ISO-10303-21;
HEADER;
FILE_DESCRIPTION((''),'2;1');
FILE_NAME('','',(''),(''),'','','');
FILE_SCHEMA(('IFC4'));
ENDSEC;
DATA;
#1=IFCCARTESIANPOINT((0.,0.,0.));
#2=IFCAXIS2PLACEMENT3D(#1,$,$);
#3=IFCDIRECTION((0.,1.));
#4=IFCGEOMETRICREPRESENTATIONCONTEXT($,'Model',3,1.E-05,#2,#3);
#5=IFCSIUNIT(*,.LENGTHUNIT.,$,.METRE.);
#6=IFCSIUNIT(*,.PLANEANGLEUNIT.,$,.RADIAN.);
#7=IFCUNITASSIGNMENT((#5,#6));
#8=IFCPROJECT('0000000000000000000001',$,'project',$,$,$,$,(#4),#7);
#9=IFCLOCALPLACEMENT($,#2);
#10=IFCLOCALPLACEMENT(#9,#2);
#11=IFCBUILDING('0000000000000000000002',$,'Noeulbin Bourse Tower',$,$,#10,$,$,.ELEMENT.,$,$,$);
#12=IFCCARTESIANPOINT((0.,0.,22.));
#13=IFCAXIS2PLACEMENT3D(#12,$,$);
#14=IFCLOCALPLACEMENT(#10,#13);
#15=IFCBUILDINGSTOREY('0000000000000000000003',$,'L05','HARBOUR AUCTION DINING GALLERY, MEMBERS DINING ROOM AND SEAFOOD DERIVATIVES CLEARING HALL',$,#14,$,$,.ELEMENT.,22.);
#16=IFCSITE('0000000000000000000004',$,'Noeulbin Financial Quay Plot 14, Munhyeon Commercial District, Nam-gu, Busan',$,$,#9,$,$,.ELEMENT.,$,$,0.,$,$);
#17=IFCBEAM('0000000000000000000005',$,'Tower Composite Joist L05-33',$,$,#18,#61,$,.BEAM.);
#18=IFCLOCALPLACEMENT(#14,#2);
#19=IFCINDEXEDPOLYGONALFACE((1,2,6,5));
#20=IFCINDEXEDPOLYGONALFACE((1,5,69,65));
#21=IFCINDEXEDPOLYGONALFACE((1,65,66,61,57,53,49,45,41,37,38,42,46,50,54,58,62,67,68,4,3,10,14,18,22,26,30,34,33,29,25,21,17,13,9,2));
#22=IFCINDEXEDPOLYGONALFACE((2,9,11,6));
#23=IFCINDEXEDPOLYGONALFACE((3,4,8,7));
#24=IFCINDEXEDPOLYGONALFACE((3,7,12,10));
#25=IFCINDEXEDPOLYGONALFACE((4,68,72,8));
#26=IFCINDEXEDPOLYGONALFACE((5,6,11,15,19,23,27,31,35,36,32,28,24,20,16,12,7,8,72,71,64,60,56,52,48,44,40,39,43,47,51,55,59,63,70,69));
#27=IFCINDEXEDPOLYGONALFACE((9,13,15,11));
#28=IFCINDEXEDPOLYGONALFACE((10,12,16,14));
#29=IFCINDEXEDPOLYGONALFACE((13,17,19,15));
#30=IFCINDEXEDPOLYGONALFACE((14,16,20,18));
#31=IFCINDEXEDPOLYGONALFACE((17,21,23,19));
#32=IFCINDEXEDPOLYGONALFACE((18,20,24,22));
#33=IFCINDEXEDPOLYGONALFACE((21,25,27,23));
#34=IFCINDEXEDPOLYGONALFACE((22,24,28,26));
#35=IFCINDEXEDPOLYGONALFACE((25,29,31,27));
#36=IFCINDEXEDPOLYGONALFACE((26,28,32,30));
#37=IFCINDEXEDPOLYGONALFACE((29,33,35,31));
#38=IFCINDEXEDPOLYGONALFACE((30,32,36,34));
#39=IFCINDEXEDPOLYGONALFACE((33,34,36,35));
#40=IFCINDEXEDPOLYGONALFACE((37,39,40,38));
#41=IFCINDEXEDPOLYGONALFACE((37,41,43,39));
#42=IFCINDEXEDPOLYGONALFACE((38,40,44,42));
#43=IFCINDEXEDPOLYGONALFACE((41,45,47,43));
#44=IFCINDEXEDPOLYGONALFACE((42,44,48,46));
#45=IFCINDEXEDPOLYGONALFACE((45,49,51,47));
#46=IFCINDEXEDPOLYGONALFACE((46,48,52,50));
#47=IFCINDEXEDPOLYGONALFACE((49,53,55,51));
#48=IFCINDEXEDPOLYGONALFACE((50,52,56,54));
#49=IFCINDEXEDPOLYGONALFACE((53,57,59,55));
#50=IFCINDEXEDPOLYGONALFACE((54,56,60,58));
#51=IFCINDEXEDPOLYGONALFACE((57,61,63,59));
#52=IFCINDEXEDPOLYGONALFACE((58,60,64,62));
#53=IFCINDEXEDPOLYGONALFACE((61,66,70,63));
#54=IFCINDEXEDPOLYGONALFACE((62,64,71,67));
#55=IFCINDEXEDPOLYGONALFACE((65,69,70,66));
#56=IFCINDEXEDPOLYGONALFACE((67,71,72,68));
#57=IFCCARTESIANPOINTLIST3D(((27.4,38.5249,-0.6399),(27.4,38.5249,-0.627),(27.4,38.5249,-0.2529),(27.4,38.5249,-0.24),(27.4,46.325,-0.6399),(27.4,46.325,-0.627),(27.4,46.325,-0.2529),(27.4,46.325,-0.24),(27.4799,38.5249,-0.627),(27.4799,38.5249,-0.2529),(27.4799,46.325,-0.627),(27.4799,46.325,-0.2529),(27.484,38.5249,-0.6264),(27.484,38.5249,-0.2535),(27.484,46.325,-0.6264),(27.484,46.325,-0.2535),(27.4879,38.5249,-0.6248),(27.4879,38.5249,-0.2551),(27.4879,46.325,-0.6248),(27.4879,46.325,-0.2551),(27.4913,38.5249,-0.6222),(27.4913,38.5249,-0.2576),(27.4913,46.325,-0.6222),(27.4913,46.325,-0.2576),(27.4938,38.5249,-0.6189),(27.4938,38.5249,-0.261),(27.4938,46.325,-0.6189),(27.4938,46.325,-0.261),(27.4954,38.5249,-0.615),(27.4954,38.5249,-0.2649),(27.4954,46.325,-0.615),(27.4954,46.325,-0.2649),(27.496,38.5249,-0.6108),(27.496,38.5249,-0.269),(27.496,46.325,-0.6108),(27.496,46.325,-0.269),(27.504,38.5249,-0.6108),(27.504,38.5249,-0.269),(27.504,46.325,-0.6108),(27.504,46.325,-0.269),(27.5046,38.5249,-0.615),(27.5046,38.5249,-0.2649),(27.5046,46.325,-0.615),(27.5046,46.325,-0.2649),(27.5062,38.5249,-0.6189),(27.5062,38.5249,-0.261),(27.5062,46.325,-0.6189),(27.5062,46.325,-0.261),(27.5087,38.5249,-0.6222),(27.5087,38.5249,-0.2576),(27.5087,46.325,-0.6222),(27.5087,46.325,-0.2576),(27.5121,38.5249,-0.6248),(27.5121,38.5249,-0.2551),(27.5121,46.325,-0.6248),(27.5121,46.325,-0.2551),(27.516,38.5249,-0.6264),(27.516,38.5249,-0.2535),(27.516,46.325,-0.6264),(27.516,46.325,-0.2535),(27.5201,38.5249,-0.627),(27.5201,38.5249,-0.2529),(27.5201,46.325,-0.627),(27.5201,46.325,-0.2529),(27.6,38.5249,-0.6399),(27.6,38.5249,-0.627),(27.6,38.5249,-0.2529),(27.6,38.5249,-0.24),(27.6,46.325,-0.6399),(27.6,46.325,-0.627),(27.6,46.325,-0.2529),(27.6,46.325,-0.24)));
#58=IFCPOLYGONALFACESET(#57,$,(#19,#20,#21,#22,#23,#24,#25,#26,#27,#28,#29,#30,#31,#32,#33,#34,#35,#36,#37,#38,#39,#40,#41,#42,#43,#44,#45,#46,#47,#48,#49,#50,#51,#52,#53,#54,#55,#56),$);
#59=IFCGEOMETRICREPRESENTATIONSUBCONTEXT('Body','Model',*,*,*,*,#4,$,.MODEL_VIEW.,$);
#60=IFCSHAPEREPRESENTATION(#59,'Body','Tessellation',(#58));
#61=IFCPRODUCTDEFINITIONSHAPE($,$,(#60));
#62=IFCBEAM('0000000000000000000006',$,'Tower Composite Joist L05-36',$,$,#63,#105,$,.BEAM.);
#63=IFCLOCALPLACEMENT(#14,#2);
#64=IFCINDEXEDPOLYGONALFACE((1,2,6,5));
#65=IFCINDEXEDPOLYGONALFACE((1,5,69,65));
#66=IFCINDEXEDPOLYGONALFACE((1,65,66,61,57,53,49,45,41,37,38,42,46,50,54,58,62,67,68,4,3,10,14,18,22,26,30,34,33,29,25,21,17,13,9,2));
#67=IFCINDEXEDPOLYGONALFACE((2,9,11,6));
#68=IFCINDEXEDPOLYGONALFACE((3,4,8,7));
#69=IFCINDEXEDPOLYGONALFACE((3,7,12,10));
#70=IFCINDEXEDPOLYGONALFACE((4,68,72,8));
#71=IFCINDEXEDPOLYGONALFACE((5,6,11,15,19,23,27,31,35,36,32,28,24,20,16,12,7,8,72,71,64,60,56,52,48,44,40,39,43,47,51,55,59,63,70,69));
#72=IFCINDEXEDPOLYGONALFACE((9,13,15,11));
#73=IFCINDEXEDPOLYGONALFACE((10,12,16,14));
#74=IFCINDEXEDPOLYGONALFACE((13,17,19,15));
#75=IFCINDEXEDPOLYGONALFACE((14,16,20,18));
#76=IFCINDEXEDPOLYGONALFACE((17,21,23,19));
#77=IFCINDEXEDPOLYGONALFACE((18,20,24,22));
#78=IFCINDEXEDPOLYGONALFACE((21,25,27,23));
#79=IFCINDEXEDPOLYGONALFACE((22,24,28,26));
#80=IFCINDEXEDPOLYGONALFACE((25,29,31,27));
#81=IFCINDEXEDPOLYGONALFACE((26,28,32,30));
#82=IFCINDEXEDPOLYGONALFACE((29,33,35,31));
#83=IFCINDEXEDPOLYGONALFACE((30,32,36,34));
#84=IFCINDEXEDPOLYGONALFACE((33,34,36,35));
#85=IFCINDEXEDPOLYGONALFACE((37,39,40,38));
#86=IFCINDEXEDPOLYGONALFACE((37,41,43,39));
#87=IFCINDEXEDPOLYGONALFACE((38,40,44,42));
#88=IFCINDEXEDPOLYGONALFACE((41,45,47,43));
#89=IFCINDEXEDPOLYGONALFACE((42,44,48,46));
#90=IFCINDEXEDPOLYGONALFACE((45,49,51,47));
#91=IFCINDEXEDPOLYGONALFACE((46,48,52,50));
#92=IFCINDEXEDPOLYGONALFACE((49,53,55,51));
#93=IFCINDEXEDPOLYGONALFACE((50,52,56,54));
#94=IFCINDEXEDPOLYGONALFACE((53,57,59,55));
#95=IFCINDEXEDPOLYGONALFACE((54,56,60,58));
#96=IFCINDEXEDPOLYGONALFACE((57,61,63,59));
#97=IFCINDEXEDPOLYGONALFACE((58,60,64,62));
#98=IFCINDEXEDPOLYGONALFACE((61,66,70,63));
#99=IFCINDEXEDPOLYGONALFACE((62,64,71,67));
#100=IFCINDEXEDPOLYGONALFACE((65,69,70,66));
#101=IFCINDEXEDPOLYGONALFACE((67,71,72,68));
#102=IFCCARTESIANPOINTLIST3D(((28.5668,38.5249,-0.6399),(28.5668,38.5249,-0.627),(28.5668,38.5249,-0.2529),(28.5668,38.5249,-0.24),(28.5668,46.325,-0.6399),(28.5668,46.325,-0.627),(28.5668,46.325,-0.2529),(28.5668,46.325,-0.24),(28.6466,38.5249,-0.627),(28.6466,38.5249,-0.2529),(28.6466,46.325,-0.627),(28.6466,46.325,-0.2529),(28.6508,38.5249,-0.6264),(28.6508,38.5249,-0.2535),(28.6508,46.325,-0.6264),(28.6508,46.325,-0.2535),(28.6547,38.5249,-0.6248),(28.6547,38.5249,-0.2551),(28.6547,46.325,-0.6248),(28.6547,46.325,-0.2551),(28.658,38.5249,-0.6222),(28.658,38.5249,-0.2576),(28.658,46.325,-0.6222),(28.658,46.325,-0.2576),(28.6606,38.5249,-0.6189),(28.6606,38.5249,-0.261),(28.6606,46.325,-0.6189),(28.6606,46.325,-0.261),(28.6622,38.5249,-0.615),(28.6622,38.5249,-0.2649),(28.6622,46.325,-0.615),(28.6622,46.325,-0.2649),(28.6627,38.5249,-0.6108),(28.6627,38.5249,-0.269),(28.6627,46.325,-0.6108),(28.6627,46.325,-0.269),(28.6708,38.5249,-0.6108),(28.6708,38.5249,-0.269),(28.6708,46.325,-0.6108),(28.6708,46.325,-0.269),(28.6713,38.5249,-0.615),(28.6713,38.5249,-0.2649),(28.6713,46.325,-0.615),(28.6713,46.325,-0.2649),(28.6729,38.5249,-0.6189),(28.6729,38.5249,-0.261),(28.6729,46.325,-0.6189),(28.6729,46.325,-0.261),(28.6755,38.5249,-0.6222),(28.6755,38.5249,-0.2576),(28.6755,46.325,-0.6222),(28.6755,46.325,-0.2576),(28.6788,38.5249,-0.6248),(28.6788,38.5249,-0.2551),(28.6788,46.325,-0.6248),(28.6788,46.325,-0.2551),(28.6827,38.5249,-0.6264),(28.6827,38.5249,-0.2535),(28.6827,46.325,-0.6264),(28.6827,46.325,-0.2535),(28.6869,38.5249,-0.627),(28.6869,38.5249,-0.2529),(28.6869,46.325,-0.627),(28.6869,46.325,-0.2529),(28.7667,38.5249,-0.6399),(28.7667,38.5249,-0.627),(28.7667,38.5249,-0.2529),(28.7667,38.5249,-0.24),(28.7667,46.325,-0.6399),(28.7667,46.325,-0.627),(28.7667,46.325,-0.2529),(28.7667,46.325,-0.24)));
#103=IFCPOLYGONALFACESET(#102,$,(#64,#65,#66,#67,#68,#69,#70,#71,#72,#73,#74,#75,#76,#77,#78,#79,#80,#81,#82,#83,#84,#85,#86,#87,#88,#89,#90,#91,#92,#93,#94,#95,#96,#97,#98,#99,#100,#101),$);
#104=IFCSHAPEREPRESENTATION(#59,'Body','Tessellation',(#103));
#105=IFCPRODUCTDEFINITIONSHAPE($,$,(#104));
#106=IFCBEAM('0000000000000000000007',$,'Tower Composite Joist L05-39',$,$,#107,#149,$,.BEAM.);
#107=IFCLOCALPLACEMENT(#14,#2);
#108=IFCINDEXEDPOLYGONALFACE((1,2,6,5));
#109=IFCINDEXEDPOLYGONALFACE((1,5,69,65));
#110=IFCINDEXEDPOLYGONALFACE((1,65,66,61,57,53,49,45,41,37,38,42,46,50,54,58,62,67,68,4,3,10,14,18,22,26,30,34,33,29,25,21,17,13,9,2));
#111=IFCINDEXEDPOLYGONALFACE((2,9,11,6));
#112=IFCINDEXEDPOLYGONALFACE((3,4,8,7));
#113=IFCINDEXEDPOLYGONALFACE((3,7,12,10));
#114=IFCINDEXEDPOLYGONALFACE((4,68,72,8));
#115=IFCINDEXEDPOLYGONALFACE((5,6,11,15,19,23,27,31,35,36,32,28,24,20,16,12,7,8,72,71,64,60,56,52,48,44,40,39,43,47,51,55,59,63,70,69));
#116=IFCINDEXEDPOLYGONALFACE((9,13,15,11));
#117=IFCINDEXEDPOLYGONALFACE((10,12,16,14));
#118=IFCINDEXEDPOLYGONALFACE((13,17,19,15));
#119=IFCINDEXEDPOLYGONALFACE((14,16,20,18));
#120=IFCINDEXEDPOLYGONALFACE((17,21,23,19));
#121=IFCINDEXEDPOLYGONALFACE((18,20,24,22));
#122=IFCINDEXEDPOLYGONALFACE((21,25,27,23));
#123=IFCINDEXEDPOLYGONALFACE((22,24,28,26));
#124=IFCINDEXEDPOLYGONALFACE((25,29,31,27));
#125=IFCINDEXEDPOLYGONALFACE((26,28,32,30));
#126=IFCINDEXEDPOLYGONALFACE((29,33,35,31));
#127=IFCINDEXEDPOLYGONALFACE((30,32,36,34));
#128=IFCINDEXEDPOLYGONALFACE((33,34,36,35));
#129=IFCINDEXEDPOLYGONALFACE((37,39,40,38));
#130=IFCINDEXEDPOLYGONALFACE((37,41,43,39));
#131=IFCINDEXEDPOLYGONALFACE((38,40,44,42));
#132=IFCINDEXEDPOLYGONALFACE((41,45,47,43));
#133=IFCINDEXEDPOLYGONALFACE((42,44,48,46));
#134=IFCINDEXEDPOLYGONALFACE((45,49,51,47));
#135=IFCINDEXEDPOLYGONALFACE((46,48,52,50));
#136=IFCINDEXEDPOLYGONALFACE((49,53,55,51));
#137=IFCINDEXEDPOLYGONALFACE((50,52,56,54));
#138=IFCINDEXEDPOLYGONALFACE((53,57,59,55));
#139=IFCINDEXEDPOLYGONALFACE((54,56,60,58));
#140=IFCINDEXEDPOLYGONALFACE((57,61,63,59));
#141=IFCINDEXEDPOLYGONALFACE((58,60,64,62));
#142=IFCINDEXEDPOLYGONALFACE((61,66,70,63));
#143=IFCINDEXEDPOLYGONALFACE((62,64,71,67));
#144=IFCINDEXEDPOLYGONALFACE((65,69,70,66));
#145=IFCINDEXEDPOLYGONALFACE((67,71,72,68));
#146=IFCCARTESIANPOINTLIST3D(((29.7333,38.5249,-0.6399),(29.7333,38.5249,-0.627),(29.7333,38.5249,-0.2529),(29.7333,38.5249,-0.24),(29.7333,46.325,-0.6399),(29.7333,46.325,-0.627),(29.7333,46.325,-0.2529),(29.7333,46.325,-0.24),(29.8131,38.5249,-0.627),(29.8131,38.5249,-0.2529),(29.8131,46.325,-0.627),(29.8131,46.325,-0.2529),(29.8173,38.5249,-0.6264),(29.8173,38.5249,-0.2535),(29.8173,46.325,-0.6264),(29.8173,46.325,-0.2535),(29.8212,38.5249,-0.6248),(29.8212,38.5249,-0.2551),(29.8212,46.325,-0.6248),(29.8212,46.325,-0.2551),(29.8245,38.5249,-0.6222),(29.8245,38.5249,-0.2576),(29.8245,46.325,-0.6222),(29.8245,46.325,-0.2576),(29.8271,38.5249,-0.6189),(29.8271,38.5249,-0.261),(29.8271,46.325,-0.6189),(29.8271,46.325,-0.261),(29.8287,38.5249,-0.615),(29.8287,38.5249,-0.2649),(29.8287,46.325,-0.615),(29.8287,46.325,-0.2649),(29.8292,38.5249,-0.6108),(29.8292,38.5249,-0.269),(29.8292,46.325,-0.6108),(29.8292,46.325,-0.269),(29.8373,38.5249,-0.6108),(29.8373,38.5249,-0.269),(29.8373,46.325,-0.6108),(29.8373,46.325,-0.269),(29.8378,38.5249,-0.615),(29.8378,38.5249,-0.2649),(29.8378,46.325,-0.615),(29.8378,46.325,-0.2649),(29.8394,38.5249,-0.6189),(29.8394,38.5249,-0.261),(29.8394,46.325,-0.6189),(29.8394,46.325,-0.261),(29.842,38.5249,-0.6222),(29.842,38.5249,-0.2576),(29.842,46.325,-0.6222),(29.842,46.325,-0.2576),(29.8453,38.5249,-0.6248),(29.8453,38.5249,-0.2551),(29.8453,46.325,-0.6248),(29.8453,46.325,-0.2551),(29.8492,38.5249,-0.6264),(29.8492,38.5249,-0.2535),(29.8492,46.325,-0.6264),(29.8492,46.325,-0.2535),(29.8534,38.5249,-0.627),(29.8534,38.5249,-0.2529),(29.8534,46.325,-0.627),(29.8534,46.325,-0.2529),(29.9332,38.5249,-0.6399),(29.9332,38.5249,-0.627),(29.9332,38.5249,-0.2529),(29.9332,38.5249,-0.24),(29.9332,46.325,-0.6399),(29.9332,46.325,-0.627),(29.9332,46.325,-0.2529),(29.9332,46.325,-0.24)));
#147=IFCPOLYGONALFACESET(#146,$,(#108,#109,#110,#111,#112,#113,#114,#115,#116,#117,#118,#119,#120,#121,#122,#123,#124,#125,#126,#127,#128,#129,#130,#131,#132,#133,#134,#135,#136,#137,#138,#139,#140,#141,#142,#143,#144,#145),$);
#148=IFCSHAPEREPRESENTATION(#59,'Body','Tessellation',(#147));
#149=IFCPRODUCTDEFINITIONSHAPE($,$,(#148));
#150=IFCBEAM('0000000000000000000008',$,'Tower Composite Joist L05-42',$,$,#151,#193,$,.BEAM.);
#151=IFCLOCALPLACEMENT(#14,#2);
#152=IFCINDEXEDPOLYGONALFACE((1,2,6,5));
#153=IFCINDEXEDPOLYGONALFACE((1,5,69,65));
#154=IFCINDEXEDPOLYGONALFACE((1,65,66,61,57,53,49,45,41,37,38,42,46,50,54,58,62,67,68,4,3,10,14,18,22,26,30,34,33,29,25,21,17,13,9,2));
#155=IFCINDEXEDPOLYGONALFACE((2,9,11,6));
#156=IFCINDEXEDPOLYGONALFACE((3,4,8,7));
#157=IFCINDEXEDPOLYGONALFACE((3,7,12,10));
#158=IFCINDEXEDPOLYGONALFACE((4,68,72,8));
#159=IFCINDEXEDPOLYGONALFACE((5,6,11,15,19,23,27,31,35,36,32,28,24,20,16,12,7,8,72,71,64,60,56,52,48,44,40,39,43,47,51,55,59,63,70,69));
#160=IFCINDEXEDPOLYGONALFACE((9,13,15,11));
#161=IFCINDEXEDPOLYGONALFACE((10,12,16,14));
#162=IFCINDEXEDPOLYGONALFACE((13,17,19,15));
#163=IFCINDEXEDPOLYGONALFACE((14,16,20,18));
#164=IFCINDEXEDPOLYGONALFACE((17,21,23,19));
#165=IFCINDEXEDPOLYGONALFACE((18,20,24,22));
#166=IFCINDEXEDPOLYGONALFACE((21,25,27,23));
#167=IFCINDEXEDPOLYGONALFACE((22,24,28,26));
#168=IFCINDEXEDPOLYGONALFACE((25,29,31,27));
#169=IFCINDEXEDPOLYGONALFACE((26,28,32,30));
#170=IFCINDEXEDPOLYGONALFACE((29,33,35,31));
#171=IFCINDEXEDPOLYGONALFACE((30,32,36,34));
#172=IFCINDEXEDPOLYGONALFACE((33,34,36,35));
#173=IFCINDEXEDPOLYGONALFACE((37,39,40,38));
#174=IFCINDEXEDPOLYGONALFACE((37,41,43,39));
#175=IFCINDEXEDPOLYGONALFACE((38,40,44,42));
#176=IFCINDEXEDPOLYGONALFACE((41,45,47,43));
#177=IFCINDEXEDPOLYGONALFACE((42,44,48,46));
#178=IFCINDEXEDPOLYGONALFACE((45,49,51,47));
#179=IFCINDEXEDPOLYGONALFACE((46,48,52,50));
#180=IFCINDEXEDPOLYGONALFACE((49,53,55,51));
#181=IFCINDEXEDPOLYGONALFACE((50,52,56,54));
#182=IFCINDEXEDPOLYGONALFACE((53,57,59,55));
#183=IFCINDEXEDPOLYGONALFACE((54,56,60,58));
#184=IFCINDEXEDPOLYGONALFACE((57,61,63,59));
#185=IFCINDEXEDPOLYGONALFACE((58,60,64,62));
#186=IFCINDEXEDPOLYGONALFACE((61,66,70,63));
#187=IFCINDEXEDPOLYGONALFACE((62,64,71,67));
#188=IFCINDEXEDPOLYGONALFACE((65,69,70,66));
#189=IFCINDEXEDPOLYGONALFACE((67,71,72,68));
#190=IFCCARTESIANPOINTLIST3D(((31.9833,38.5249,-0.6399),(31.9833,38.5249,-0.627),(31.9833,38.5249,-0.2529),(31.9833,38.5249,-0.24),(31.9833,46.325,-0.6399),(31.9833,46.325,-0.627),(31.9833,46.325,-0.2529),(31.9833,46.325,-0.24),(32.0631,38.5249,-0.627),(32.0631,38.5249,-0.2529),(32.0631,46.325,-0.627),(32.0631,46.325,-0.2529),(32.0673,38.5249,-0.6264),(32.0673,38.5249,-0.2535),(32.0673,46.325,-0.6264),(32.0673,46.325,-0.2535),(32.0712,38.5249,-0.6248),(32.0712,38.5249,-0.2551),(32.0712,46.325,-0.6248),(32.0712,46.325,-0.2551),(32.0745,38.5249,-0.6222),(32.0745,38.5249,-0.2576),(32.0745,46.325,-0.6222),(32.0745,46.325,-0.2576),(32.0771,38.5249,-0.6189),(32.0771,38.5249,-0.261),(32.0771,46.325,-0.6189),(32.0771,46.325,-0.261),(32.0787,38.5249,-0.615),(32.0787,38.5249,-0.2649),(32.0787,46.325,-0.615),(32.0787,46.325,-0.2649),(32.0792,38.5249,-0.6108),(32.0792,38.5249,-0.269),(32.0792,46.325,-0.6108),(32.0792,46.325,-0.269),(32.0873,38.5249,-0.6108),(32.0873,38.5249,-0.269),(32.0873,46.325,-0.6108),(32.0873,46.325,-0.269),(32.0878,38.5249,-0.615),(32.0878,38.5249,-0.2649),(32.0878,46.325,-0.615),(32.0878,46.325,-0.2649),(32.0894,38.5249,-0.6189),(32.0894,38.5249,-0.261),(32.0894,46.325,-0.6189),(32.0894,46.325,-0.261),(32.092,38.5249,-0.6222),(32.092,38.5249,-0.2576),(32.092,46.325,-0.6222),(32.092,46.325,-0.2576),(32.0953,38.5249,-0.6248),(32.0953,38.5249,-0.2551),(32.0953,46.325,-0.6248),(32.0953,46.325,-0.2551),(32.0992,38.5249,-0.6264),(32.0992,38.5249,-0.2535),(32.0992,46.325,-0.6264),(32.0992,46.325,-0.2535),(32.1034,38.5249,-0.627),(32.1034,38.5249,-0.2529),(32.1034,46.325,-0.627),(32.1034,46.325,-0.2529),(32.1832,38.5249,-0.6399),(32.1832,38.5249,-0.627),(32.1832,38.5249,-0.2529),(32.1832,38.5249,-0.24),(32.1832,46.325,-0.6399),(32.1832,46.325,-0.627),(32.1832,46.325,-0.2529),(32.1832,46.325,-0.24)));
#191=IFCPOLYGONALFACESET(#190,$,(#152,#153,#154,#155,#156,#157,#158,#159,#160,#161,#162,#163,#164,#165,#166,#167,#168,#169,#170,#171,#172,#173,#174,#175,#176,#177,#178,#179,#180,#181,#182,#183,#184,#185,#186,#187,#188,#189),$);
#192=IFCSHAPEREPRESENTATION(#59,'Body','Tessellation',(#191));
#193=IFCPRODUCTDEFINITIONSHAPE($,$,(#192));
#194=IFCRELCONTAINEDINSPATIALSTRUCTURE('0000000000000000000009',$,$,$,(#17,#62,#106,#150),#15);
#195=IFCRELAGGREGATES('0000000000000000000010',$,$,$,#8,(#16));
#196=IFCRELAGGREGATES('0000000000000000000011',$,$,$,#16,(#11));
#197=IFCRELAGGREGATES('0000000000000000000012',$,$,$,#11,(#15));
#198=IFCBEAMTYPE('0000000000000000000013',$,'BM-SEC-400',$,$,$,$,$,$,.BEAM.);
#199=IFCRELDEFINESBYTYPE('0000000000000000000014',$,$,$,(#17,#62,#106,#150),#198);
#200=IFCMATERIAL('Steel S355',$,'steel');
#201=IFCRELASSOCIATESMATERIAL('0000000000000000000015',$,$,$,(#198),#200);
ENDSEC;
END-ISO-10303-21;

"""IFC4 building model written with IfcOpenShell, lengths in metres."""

from ifc_helpers import new_model, si_unit, direction, frame, origin, origin_2d, place, context, subcontext, project, spatial, i_section, extrude, material, material_profile, profile_set, type_object, element, save


model = new_model("IFC4")

# Units and contexts
model_context = context("Model", 3, precision=1e-05, world=origin(), true_north=direction((0.0, 1.0)))
body_context = subcontext(model_context, "Body", "Model", "MODEL_VIEW")
ifc_project = project(units=[si_unit("LENGTHUNIT", "METRE"), si_unit("PLANEANGLEUNIT", "RADIAN")], contexts=[model_context])

# Site, building, storey
site_placement = place(None, origin())
site = spatial("IfcSite", under=ifc_project, at=site_placement, Name="Noeulbin Financial Quay Plot 14, Munhyeon Commercial District, Nam-gu, Busan", CompositionType="ELEMENT", RefElevation=0.0)
building_placement = place(site_placement, origin())
building = spatial("IfcBuilding", under=site, at=building_placement, Name="Noeulbin Bourse Tower", CompositionType="ELEMENT")
storey_placement = place(building_placement, frame((0.0, 0.0, 22.0)))
storey = spatial("IfcBuildingStorey", under=building, at=storey_placement, Name="L05", Description="HARBOUR AUCTION DINING GALLERY, MEMBERS DINING ROOM AND SEAFOOD DERIVATIVES CLEARING HALL", CompositionType="ELEMENT", Elevation=22.0)

# Beams
ifc_material_1 = material(Name="Steel S355", Category="steel")
ifc_material_profile_1 = material_profile(ifc_material_1, i_section(OverallWidth=0.2, OverallDepth=0.3999, WebThickness=0.0081, FlangeThickness=0.0129, FilletRadius=0.0161, at=origin_2d()), Name="H-400x200x8x13", Category="LoadBearing")
ifc_profile_set_1 = profile_set([ifc_material_profile_1], Name="Steel S355")
beam_type_1 = type_object("IfcBeamType", Name="BM-SEC-400", PredefinedType="BEAM", material=ifc_profile_set_1)
for number, where, z_axis, x_axis, name in (
    (1, (27.5, 38.5249, -0.4399), (0.0, 1.0, 0.0), (-1.0, 0.0, 0.0), "Tower Composite Joist L05-33"),
    (2, (28.6667, 38.5249, -0.4399), (0.0, 1.0, 0.0), (-1.0, 0.0, 0.0), "Tower Composite Joist L05-36"),
    (3, (29.8333, 38.5249, -0.4399), (0.0, 1.0, 0.0), (-1.0, 0.0, 0.0), "Tower Composite Joist L05-39"),
    (4, (32.0833, 38.5249, -0.4399), (0.0, 1.0, 0.0), (-1.0, 0.0, 0.0), "Tower Composite Joist L05-42"),
):
    element("IfcBeam", number, at=place(storey_placement, frame(where, z_axis=z_axis, x_axis=x_axis)), inside=storey, type_object=beam_type_1, Name=name, PredefinedType="BEAM", context=body_context, shape_type="SweptSolid", body=[
        extrude(i_section(OverallWidth=0.2, OverallDepth=0.3999, WebThickness=0.0081, FlangeThickness=0.0129, FilletRadius=0.0161, at=origin_2d()), origin(), (0.0, 0.0, 1.0), 7.8),
    ])

save(model, "model.ifc")
